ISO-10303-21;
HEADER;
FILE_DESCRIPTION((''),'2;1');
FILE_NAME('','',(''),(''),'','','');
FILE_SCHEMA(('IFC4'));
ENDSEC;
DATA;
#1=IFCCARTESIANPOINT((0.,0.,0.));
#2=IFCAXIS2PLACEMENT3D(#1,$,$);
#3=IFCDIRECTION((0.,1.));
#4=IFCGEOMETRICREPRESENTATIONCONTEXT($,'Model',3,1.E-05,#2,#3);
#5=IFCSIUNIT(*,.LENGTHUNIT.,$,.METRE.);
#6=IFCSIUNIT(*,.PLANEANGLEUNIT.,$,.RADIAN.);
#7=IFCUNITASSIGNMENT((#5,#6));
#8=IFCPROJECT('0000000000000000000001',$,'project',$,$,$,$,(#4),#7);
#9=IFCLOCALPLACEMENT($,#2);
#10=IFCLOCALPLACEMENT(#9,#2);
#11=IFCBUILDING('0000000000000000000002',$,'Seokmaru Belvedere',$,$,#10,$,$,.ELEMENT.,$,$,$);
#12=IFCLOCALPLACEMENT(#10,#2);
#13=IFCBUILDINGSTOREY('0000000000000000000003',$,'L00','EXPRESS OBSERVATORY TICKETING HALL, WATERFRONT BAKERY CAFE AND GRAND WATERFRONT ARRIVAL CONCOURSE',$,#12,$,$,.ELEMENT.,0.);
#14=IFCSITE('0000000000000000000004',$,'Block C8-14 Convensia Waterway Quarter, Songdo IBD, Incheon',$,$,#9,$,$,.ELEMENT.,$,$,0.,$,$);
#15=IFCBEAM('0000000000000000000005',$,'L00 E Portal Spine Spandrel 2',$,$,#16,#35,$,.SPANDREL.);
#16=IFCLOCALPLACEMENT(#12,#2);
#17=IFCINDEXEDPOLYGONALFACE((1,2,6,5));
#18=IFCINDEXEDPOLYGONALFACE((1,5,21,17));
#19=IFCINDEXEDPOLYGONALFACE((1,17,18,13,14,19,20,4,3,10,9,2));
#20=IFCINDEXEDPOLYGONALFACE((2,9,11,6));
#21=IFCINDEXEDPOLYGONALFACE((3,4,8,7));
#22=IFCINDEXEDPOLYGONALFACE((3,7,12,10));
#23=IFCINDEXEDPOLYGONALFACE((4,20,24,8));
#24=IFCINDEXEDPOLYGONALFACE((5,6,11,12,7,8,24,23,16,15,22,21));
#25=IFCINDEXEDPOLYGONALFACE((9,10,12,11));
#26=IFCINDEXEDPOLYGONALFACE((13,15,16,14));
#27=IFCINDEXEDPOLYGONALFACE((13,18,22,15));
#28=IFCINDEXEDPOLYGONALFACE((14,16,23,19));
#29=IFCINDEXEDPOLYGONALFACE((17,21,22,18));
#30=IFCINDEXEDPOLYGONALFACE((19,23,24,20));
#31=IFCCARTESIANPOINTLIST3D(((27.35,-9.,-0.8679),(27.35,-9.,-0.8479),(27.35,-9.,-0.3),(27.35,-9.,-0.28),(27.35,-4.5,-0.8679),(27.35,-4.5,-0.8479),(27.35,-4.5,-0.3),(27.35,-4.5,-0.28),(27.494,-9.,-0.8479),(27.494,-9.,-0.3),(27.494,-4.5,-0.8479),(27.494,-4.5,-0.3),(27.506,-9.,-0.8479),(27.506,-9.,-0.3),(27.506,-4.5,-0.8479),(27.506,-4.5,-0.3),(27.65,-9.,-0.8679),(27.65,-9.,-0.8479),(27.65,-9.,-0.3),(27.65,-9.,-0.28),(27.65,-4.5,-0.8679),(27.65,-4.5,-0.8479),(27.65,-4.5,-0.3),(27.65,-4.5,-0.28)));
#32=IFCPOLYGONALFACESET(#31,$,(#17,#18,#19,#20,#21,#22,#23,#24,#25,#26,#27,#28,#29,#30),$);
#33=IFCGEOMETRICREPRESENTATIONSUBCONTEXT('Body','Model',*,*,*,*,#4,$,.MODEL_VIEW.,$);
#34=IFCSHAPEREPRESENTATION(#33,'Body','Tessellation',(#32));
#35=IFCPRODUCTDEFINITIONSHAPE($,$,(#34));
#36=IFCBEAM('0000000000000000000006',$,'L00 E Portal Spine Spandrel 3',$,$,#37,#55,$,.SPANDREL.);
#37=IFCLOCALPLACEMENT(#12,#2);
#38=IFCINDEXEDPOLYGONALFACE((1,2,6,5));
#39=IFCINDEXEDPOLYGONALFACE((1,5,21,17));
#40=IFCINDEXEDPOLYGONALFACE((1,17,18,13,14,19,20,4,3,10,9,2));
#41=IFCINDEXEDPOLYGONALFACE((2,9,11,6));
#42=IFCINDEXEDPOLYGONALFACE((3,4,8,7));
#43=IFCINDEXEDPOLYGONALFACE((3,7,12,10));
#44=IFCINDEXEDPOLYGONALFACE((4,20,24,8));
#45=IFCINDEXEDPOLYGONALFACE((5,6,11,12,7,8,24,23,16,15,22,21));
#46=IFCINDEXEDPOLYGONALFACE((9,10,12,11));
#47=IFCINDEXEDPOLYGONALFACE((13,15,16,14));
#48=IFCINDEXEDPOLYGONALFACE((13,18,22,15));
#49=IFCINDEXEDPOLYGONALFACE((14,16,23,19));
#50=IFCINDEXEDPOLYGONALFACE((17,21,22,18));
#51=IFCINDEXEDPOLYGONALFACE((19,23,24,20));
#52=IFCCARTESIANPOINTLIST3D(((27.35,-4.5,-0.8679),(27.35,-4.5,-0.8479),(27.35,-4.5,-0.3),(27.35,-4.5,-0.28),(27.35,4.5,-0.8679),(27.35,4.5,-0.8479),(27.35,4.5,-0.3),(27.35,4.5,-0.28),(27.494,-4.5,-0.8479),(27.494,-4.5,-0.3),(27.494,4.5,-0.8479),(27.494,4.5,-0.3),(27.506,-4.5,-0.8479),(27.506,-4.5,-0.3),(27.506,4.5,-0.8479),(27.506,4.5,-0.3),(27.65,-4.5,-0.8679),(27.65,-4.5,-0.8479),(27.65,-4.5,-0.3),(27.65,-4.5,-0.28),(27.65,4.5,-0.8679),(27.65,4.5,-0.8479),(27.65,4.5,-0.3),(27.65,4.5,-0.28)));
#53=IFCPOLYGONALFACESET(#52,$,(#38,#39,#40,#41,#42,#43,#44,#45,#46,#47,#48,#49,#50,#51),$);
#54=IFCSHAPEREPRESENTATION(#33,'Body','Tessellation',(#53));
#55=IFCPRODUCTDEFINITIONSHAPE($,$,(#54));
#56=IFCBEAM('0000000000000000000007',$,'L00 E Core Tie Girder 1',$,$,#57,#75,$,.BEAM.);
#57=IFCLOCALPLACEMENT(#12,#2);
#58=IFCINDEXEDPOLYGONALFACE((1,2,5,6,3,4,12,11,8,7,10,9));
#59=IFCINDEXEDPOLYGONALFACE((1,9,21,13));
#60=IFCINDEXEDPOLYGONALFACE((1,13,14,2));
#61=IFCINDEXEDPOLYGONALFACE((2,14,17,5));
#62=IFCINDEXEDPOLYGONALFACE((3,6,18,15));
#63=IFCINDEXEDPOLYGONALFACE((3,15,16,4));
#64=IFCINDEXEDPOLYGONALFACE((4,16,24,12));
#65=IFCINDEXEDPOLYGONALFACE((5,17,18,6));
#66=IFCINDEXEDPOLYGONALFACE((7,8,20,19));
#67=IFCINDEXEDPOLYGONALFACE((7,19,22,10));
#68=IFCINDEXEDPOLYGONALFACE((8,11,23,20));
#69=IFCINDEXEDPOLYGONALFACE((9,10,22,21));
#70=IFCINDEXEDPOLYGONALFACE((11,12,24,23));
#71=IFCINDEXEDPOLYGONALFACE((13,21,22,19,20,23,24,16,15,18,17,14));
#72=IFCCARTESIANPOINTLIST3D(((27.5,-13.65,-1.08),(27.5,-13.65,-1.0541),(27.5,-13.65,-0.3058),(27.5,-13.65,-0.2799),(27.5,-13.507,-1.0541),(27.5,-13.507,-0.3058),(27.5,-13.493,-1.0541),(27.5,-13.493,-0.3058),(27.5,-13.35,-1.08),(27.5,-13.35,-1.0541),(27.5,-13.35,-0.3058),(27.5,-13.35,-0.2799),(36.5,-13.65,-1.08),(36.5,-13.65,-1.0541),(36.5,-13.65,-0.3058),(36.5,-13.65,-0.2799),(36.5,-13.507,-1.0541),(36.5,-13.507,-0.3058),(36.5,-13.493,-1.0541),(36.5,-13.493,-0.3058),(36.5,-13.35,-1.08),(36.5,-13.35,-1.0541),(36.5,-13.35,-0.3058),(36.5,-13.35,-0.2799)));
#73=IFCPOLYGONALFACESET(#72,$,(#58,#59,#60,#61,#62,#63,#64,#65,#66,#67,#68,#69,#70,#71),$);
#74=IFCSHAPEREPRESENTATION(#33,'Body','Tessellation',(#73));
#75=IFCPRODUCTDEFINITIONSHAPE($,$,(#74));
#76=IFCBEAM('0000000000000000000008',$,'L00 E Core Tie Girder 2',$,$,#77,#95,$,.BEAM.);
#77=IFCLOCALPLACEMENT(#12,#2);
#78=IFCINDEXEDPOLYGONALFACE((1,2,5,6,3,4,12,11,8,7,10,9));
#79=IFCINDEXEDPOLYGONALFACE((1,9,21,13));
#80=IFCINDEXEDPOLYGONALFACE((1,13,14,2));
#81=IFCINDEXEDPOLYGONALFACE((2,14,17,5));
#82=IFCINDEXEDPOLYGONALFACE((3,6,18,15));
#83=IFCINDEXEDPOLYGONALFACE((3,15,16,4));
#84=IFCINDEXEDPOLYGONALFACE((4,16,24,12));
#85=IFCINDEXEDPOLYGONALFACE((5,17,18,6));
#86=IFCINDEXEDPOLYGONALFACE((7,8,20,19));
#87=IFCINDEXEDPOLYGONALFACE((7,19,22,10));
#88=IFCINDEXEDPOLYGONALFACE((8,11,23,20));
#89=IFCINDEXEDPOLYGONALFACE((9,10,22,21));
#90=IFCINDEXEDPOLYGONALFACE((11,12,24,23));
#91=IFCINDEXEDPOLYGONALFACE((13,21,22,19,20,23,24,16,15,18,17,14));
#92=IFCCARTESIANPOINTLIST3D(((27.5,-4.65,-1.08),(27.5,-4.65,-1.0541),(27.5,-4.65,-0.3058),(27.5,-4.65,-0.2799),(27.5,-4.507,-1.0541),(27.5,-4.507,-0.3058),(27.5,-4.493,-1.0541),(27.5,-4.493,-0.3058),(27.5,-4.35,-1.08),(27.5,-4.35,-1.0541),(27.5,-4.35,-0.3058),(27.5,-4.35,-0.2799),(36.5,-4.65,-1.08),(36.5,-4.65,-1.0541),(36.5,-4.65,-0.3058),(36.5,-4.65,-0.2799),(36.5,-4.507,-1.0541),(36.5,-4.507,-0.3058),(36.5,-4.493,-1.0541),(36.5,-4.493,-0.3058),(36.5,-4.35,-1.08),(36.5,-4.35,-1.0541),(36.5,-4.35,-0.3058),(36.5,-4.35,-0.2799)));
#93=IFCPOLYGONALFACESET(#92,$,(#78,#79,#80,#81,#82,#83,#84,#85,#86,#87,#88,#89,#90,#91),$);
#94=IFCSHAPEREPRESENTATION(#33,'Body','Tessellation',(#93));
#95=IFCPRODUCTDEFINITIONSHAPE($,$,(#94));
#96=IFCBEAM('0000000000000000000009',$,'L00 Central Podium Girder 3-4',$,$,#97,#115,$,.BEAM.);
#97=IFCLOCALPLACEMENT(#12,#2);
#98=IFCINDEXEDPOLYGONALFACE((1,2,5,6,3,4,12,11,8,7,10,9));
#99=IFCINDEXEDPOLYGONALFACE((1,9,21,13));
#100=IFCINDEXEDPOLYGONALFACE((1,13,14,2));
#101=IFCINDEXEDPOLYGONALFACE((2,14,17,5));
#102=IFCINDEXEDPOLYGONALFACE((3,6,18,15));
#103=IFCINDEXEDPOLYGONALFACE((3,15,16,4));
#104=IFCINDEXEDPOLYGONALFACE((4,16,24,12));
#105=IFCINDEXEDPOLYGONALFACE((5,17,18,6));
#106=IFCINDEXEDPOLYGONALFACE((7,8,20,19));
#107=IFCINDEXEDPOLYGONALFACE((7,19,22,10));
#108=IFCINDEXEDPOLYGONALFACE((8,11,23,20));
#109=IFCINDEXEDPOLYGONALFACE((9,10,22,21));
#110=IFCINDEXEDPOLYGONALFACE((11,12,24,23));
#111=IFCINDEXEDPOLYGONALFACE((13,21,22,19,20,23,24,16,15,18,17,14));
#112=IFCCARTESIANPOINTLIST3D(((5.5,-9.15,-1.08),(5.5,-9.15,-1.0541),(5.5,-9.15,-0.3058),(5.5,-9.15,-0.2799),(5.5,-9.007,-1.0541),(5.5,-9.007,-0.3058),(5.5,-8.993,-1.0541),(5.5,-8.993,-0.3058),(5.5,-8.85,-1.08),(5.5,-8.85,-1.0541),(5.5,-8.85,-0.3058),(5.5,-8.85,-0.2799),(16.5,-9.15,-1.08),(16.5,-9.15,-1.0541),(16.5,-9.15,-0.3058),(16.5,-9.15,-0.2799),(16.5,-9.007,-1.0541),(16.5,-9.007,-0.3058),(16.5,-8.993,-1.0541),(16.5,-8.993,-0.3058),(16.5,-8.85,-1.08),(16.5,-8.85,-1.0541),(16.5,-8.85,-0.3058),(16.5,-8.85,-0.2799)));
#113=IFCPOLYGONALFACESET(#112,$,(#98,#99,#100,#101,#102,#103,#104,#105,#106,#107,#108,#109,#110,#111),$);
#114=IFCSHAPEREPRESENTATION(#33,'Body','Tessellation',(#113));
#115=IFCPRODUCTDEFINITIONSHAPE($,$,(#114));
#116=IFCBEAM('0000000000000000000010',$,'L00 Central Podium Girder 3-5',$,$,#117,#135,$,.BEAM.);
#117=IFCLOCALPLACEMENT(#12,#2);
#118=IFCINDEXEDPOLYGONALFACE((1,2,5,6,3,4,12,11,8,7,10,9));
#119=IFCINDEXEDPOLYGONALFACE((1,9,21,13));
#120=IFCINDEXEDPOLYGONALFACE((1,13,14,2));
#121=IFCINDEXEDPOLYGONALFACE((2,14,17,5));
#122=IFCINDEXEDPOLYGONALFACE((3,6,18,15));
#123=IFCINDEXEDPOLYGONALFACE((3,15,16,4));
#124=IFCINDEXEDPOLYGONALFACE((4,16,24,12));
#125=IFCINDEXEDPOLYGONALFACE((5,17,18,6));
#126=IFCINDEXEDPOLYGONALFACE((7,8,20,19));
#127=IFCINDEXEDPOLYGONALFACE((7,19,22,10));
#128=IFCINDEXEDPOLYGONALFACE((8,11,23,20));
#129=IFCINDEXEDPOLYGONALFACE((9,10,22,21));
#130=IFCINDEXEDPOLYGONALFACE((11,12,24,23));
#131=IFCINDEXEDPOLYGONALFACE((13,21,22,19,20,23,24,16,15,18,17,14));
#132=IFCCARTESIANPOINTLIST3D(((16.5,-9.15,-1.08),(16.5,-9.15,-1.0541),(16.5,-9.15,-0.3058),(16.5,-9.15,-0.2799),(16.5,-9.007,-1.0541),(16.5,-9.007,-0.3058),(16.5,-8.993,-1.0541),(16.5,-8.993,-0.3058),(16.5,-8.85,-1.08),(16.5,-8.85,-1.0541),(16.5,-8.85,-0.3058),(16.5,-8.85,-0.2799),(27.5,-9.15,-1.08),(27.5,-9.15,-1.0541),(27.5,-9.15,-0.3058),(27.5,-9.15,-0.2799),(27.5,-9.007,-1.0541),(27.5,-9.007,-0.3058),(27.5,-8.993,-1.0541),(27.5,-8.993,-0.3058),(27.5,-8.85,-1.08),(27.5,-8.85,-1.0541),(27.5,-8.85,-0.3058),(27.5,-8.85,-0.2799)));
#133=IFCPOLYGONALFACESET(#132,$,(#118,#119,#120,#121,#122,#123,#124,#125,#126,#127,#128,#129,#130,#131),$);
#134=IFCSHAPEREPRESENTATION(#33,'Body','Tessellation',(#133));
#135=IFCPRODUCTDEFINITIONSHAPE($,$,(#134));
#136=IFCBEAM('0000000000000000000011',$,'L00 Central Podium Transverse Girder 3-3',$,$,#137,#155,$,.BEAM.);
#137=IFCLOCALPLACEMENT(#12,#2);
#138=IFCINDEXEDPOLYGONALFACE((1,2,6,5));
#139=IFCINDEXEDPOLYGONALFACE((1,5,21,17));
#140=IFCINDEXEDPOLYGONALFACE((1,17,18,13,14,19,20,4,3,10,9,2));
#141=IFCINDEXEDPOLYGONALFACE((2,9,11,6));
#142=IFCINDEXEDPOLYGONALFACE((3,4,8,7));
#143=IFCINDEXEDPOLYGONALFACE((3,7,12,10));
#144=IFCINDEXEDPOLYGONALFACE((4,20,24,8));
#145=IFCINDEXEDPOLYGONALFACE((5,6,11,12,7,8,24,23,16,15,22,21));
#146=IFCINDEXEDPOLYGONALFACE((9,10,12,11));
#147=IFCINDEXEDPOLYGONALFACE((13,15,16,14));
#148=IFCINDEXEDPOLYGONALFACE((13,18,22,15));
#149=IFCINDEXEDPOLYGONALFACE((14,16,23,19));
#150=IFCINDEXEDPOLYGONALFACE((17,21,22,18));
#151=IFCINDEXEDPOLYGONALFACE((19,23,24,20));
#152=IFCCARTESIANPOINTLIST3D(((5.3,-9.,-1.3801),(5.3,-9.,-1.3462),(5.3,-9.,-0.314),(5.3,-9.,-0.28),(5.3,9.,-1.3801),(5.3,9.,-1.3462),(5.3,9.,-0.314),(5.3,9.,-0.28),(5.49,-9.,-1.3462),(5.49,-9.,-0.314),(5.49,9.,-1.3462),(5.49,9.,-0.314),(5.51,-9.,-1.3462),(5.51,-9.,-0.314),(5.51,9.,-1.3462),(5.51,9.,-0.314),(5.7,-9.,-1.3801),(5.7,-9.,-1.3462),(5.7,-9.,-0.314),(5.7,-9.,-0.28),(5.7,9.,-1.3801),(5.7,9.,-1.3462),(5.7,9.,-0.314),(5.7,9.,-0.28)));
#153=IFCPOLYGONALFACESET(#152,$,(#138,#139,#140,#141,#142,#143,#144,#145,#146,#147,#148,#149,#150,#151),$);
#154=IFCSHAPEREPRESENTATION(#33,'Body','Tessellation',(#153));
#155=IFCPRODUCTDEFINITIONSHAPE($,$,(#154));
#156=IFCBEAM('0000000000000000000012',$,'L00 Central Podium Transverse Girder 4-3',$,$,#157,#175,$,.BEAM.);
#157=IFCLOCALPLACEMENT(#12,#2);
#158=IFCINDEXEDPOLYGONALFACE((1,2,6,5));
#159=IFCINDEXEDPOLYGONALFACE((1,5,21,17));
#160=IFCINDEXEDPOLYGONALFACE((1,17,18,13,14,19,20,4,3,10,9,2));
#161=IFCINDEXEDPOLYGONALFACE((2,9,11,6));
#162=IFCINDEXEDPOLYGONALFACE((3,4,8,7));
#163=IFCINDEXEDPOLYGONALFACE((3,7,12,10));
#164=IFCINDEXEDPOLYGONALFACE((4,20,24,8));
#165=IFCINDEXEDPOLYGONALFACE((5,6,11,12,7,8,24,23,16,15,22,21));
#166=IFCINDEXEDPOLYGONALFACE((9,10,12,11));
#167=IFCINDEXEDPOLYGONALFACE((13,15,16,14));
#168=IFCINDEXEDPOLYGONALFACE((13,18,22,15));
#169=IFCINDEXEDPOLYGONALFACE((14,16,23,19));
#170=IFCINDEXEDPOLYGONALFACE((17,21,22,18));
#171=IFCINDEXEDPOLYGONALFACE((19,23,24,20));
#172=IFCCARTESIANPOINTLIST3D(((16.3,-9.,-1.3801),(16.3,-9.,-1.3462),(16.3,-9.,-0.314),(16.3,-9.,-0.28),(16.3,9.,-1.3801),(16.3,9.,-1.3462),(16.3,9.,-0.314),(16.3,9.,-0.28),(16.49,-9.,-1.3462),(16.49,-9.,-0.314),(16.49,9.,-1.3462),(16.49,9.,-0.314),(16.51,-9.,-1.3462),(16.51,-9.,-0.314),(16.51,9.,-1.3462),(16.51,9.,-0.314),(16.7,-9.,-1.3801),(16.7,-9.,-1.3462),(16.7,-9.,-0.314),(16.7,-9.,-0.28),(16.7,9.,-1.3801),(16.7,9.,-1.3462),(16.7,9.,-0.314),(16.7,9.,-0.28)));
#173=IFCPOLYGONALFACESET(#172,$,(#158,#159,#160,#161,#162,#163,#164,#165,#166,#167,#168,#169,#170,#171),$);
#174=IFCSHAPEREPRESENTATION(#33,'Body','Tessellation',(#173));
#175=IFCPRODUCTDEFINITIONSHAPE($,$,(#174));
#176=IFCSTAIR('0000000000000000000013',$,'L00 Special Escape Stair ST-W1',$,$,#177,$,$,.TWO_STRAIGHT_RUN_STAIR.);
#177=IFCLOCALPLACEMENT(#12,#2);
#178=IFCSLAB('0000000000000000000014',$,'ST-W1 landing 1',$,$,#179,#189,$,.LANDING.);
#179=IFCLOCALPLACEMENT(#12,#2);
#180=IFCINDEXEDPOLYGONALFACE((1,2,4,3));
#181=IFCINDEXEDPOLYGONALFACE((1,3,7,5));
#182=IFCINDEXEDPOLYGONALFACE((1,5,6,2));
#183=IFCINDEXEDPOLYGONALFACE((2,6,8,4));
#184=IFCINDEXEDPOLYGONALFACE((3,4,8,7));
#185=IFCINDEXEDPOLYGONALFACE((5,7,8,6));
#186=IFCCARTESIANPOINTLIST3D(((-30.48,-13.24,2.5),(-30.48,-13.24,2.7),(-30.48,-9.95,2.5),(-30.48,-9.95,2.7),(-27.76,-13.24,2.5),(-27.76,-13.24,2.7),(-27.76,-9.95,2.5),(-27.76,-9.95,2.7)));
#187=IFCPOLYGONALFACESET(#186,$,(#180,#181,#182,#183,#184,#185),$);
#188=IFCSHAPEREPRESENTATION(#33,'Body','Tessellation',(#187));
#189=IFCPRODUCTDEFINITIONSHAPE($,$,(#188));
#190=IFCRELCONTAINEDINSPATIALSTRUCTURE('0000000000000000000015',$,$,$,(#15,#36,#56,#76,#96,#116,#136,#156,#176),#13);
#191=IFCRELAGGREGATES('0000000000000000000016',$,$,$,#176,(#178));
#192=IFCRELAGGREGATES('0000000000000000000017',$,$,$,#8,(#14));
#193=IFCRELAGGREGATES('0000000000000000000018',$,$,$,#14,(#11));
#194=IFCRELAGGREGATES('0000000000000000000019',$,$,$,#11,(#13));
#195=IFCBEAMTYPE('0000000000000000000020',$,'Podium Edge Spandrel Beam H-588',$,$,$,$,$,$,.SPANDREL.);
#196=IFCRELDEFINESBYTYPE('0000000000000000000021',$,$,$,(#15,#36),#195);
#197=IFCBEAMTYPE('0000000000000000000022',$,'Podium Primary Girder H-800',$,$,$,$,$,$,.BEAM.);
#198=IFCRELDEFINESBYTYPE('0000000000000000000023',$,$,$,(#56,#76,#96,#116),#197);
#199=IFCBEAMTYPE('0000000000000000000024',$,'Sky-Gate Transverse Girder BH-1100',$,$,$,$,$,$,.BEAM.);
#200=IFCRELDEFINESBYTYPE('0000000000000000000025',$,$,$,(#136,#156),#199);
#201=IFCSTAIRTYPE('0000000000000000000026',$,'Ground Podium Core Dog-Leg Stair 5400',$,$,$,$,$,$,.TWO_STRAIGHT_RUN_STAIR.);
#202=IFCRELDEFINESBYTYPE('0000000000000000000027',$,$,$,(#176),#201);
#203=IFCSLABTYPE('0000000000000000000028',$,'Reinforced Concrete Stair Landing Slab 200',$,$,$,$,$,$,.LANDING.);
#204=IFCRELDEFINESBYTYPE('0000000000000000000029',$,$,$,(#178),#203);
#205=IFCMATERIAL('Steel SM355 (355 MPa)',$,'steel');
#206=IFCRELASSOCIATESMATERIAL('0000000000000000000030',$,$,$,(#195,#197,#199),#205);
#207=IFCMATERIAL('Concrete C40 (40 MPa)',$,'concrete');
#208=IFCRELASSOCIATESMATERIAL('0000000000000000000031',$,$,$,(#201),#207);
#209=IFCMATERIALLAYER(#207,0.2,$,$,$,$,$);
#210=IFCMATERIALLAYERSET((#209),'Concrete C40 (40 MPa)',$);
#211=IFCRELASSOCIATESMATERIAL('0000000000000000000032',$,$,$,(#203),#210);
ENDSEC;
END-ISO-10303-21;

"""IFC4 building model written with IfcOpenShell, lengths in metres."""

from ifc_helpers import new_model, si_unit, direction, frame, origin, origin_2d, place, context, subcontext, project, spatial, polyline, i_section, outline, extrude, source, transform, mapped, material, layer, layer_set, material_profile, profile_set, type_object, type_shapes, element, aggregate, save


model = new_model("IFC4")

# Units and contexts
model_context = context("Model", 3, precision=1e-05, world=origin(), true_north=direction((0.0, 1.0)))
body_context = subcontext(model_context, "Body", "Model", "MODEL_VIEW")
ifc_project = project(units=[si_unit("LENGTHUNIT", "METRE"), si_unit("PLANEANGLEUNIT", "RADIAN")], contexts=[model_context])

# Site, building, storey
site_placement = place(None, origin())
site = spatial("IfcSite", under=ifc_project, at=site_placement, Name="Block C8-14 Convensia Waterway Quarter, Songdo IBD, Incheon", CompositionType="ELEMENT", RefElevation=0.0)
building_placement = place(site_placement, origin())
building = spatial("IfcBuilding", under=site, at=building_placement, Name="Seokmaru Belvedere", CompositionType="ELEMENT")
storey_placement = place(building_placement, origin())
storey = spatial("IfcBuildingStorey", under=building, at=storey_placement, Name="L00", Description="EXPRESS OBSERVATORY TICKETING HALL, WATERFRONT BAKERY CAFE AND GRAND WATERFRONT ARRIVAL CONCOURSE", CompositionType="ELEMENT", Elevation=0.0)

# Shared definitions
ifc_material_1 = material(Name="Steel SM355 (355 MPa)", Category="steel")

# Beams
ifc_material_profile_1 = material_profile(ifc_material_1, i_section(OverallWidth=0.3, OverallDepth=0.5879, WebThickness=0.012, FlangeThickness=0.02, at=origin_2d()), Name="H-588x300x12x20")
ifc_profile_set_1 = profile_set([ifc_material_profile_1], Name="Steel SM355 (355 MPa)")
beam_type_1 = type_object("IfcBeamType", Name="Podium Edge Spandrel Beam H-588", PredefinedType="SPANDREL", material=ifc_profile_set_1)
shared_shape_1 = source(origin(), body_context, "Body", "SweptSolid", [
    extrude(i_section(OverallWidth=0.3, OverallDepth=0.5879, WebThickness=0.012, FlangeThickness=0.02, at=origin_2d()), origin(), (0.0, 0.0, 1.0), 4.5),
])
for number, where, z_axis, x_axis, name in (
    (1, (27.5, -9.0, -0.574), (0.0, 1.0, 0.0), (-1.0, 0.0, 0.0), "L00 E Portal Spine Spandrel 2"),
):
    element("IfcBeam", number, at=place(storey_placement, frame(where, z_axis=z_axis, x_axis=x_axis)), inside=storey, type_object=beam_type_1, Name=name, PredefinedType="SPANDREL", context=body_context, shape_type="MappedRepresentation", body=[
        mapped(shared_shape_1, transform((0.0, 0.0, 0.0), scale=1.0)),
    ])
shared_shape_2 = source(origin(), body_context, "Body", "SweptSolid", [
    extrude(i_section(OverallWidth=0.3, OverallDepth=0.5879, WebThickness=0.012, FlangeThickness=0.02, at=origin_2d()), origin(), (0.0, 0.0, 1.0), 9.0),
])
type_shapes(beam_type_1, [shared_shape_1, shared_shape_2])
beam_placement = place(storey_placement, frame((27.5, -4.5, -0.574), z_axis=(0.0, 1.0, 0.0), x_axis=(-1.0, 0.0, 0.0)))
element("IfcBeam", 2, at=beam_placement, inside=storey, type_object=beam_type_1, Name="L00 E Portal Spine Spandrel 3", PredefinedType="SPANDREL", context=body_context, shape_type="MappedRepresentation", body=[
    mapped(shared_shape_2, transform((0.0, 0.0, 0.0), scale=1.0)),
])
ifc_material_profile_2 = material_profile(ifc_material_1, i_section(OverallWidth=0.3, OverallDepth=0.8, WebThickness=0.0139, FlangeThickness=0.0259, at=origin_2d()), Name="H-800x300x14x26")
ifc_profile_set_2 = profile_set([ifc_material_profile_2], Name="Steel SM355 (355 MPa)")
beam_type_2 = type_object("IfcBeamType", Name="Podium Primary Girder H-800", PredefinedType="BEAM", material=ifc_profile_set_2)
shared_shape_3 = source(origin(), body_context, "Body", "SweptSolid", [
    extrude(i_section(OverallWidth=0.3, OverallDepth=0.8, WebThickness=0.0139, FlangeThickness=0.0259, at=origin_2d()), origin(), (0.0, 0.0, 1.0), 9.0),
])
for number, where, z_axis, x_axis, name in (
    (3, (27.5, -13.5, -0.6799), (1.0, 0.0, 0.0), (0.0, 1.0, 0.0), "L00 E Core Tie Girder 1"),
    (4, (27.5, -4.5, -0.6799), (1.0, 0.0, 0.0), (0.0, 1.0, 0.0), "L00 E Core Tie Girder 2"),
):
    element("IfcBeam", number, at=place(storey_placement, frame(where, z_axis=z_axis, x_axis=x_axis)), inside=storey, type_object=beam_type_2, Name=name, PredefinedType="BEAM", context=body_context, shape_type="MappedRepresentation", body=[
        mapped(shared_shape_3, transform((0.0, 0.0, 0.0), scale=1.0)),
    ])
shared_shape_4 = source(origin(), body_context, "Body", "SweptSolid", [
    extrude(i_section(OverallWidth=0.3, OverallDepth=0.8, WebThickness=0.0139, FlangeThickness=0.0259, at=origin_2d()), origin(), (0.0, 0.0, 1.0), 11.0),
])
type_shapes(beam_type_2, [shared_shape_3, shared_shape_4])
for number, where, z_axis, x_axis, name in (
    (5, (5.5, -9.0, -0.6799), (1.0, 0.0, 0.0), (0.0, 1.0, 0.0), "L00 Central Podium Girder 3-4"),
    (6, (16.5, -9.0, -0.6799), (1.0, 0.0, 0.0), (0.0, 1.0, 0.0), "L00 Central Podium Girder 3-5"),
):
    element("IfcBeam", number, at=place(storey_placement, frame(where, z_axis=z_axis, x_axis=x_axis)), inside=storey, type_object=beam_type_2, Name=name, PredefinedType="BEAM", context=body_context, shape_type="MappedRepresentation", body=[
        mapped(shared_shape_4, transform((0.0, 0.0, 0.0), scale=1.0)),
    ])
ifc_material_profile_3 = material_profile(ifc_material_1, i_section(OverallWidth=0.3999, OverallDepth=1.1001, WebThickness=0.02, FlangeThickness=0.0339, at=origin_2d()), Name="BH-1100x400x20x34")
ifc_profile_set_3 = profile_set([ifc_material_profile_3], Name="Steel SM355 (355 MPa)")
beam_type_3 = type_object("IfcBeamType", Name="Sky-Gate Transverse Girder BH-1100", PredefinedType="BEAM", material=ifc_profile_set_3)
shared_shape_5 = source(origin(), body_context, "Body", "SweptSolid", [
    extrude(i_section(OverallWidth=0.3999, OverallDepth=1.1001, WebThickness=0.02, FlangeThickness=0.0339, at=origin_2d()), origin(), (0.0, 0.0, 1.0), 18.0),
])
type_shapes(beam_type_3, [shared_shape_5])
for number, where, z_axis, x_axis, name in (
    (7, (5.5, -9.0, -0.8301), (0.0, 1.0, 0.0), (-1.0, 0.0, 0.0), "L00 Central Podium Transverse Girder 3-3"),
    (8, (16.5, -9.0, -0.8301), (0.0, 1.0, 0.0), (-1.0, 0.0, 0.0), "L00 Central Podium Transverse Girder 4-3"),
):
    element("IfcBeam", number, at=place(storey_placement, frame(where, z_axis=z_axis, x_axis=x_axis)), inside=storey, type_object=beam_type_3, Name=name, PredefinedType="BEAM", context=body_context, shape_type="MappedRepresentation", body=[
        mapped(shared_shape_5, transform((0.0, 0.0, 0.0), scale=1.0)),
    ])

# Stair, slab
ifc_material_2 = material(Name="Concrete C40 (40 MPa)", Category="concrete")
stair_type = type_object("IfcStairType", Name="Ground Podium Core Dog-Leg Stair 5400", PredefinedType="TWO_STRAIGHT_RUN_STAIR", material=ifc_material_2)
stair_1_placement = place(storey_placement, origin())
stair_1 = element("IfcStair", 9, at=stair_1_placement, inside=storey, type_object=stair_type, Name="L00 Special Escape Stair ST-W1", PredefinedType="TWO_STRAIGHT_RUN_STAIR")
ifc_layer_1 = layer(ifc_material_2, 0.2)
ifc_layer_set_1 = layer_set([ifc_layer_1], Name="Concrete C40 (40 MPa)")
slab_type = type_object("IfcSlabType", Name="Reinforced Concrete Stair Landing Slab 200", PredefinedType="LANDING", material=ifc_layer_set_1)
slab_1_placement = place(storey_placement, frame((0.0, 0.0, 2.5)))
slab_1 = element("IfcSlab", 10, at=slab_1_placement, type_object=slab_type, Name="ST-W1 landing 1", PredefinedType="LANDING", context=body_context, shape_type="SweptSolid", body=[
    extrude(outline(polyline([(-30.48, -13.24), (-27.76, -13.24), (-27.76, -9.95), (-30.48, -9.95), (-30.48, -13.24)])), origin(), (0.0, 0.0, 1.0), 0.2),
])
aggregate(stair_1, [slab_1])

save(model, "model.ifc")
